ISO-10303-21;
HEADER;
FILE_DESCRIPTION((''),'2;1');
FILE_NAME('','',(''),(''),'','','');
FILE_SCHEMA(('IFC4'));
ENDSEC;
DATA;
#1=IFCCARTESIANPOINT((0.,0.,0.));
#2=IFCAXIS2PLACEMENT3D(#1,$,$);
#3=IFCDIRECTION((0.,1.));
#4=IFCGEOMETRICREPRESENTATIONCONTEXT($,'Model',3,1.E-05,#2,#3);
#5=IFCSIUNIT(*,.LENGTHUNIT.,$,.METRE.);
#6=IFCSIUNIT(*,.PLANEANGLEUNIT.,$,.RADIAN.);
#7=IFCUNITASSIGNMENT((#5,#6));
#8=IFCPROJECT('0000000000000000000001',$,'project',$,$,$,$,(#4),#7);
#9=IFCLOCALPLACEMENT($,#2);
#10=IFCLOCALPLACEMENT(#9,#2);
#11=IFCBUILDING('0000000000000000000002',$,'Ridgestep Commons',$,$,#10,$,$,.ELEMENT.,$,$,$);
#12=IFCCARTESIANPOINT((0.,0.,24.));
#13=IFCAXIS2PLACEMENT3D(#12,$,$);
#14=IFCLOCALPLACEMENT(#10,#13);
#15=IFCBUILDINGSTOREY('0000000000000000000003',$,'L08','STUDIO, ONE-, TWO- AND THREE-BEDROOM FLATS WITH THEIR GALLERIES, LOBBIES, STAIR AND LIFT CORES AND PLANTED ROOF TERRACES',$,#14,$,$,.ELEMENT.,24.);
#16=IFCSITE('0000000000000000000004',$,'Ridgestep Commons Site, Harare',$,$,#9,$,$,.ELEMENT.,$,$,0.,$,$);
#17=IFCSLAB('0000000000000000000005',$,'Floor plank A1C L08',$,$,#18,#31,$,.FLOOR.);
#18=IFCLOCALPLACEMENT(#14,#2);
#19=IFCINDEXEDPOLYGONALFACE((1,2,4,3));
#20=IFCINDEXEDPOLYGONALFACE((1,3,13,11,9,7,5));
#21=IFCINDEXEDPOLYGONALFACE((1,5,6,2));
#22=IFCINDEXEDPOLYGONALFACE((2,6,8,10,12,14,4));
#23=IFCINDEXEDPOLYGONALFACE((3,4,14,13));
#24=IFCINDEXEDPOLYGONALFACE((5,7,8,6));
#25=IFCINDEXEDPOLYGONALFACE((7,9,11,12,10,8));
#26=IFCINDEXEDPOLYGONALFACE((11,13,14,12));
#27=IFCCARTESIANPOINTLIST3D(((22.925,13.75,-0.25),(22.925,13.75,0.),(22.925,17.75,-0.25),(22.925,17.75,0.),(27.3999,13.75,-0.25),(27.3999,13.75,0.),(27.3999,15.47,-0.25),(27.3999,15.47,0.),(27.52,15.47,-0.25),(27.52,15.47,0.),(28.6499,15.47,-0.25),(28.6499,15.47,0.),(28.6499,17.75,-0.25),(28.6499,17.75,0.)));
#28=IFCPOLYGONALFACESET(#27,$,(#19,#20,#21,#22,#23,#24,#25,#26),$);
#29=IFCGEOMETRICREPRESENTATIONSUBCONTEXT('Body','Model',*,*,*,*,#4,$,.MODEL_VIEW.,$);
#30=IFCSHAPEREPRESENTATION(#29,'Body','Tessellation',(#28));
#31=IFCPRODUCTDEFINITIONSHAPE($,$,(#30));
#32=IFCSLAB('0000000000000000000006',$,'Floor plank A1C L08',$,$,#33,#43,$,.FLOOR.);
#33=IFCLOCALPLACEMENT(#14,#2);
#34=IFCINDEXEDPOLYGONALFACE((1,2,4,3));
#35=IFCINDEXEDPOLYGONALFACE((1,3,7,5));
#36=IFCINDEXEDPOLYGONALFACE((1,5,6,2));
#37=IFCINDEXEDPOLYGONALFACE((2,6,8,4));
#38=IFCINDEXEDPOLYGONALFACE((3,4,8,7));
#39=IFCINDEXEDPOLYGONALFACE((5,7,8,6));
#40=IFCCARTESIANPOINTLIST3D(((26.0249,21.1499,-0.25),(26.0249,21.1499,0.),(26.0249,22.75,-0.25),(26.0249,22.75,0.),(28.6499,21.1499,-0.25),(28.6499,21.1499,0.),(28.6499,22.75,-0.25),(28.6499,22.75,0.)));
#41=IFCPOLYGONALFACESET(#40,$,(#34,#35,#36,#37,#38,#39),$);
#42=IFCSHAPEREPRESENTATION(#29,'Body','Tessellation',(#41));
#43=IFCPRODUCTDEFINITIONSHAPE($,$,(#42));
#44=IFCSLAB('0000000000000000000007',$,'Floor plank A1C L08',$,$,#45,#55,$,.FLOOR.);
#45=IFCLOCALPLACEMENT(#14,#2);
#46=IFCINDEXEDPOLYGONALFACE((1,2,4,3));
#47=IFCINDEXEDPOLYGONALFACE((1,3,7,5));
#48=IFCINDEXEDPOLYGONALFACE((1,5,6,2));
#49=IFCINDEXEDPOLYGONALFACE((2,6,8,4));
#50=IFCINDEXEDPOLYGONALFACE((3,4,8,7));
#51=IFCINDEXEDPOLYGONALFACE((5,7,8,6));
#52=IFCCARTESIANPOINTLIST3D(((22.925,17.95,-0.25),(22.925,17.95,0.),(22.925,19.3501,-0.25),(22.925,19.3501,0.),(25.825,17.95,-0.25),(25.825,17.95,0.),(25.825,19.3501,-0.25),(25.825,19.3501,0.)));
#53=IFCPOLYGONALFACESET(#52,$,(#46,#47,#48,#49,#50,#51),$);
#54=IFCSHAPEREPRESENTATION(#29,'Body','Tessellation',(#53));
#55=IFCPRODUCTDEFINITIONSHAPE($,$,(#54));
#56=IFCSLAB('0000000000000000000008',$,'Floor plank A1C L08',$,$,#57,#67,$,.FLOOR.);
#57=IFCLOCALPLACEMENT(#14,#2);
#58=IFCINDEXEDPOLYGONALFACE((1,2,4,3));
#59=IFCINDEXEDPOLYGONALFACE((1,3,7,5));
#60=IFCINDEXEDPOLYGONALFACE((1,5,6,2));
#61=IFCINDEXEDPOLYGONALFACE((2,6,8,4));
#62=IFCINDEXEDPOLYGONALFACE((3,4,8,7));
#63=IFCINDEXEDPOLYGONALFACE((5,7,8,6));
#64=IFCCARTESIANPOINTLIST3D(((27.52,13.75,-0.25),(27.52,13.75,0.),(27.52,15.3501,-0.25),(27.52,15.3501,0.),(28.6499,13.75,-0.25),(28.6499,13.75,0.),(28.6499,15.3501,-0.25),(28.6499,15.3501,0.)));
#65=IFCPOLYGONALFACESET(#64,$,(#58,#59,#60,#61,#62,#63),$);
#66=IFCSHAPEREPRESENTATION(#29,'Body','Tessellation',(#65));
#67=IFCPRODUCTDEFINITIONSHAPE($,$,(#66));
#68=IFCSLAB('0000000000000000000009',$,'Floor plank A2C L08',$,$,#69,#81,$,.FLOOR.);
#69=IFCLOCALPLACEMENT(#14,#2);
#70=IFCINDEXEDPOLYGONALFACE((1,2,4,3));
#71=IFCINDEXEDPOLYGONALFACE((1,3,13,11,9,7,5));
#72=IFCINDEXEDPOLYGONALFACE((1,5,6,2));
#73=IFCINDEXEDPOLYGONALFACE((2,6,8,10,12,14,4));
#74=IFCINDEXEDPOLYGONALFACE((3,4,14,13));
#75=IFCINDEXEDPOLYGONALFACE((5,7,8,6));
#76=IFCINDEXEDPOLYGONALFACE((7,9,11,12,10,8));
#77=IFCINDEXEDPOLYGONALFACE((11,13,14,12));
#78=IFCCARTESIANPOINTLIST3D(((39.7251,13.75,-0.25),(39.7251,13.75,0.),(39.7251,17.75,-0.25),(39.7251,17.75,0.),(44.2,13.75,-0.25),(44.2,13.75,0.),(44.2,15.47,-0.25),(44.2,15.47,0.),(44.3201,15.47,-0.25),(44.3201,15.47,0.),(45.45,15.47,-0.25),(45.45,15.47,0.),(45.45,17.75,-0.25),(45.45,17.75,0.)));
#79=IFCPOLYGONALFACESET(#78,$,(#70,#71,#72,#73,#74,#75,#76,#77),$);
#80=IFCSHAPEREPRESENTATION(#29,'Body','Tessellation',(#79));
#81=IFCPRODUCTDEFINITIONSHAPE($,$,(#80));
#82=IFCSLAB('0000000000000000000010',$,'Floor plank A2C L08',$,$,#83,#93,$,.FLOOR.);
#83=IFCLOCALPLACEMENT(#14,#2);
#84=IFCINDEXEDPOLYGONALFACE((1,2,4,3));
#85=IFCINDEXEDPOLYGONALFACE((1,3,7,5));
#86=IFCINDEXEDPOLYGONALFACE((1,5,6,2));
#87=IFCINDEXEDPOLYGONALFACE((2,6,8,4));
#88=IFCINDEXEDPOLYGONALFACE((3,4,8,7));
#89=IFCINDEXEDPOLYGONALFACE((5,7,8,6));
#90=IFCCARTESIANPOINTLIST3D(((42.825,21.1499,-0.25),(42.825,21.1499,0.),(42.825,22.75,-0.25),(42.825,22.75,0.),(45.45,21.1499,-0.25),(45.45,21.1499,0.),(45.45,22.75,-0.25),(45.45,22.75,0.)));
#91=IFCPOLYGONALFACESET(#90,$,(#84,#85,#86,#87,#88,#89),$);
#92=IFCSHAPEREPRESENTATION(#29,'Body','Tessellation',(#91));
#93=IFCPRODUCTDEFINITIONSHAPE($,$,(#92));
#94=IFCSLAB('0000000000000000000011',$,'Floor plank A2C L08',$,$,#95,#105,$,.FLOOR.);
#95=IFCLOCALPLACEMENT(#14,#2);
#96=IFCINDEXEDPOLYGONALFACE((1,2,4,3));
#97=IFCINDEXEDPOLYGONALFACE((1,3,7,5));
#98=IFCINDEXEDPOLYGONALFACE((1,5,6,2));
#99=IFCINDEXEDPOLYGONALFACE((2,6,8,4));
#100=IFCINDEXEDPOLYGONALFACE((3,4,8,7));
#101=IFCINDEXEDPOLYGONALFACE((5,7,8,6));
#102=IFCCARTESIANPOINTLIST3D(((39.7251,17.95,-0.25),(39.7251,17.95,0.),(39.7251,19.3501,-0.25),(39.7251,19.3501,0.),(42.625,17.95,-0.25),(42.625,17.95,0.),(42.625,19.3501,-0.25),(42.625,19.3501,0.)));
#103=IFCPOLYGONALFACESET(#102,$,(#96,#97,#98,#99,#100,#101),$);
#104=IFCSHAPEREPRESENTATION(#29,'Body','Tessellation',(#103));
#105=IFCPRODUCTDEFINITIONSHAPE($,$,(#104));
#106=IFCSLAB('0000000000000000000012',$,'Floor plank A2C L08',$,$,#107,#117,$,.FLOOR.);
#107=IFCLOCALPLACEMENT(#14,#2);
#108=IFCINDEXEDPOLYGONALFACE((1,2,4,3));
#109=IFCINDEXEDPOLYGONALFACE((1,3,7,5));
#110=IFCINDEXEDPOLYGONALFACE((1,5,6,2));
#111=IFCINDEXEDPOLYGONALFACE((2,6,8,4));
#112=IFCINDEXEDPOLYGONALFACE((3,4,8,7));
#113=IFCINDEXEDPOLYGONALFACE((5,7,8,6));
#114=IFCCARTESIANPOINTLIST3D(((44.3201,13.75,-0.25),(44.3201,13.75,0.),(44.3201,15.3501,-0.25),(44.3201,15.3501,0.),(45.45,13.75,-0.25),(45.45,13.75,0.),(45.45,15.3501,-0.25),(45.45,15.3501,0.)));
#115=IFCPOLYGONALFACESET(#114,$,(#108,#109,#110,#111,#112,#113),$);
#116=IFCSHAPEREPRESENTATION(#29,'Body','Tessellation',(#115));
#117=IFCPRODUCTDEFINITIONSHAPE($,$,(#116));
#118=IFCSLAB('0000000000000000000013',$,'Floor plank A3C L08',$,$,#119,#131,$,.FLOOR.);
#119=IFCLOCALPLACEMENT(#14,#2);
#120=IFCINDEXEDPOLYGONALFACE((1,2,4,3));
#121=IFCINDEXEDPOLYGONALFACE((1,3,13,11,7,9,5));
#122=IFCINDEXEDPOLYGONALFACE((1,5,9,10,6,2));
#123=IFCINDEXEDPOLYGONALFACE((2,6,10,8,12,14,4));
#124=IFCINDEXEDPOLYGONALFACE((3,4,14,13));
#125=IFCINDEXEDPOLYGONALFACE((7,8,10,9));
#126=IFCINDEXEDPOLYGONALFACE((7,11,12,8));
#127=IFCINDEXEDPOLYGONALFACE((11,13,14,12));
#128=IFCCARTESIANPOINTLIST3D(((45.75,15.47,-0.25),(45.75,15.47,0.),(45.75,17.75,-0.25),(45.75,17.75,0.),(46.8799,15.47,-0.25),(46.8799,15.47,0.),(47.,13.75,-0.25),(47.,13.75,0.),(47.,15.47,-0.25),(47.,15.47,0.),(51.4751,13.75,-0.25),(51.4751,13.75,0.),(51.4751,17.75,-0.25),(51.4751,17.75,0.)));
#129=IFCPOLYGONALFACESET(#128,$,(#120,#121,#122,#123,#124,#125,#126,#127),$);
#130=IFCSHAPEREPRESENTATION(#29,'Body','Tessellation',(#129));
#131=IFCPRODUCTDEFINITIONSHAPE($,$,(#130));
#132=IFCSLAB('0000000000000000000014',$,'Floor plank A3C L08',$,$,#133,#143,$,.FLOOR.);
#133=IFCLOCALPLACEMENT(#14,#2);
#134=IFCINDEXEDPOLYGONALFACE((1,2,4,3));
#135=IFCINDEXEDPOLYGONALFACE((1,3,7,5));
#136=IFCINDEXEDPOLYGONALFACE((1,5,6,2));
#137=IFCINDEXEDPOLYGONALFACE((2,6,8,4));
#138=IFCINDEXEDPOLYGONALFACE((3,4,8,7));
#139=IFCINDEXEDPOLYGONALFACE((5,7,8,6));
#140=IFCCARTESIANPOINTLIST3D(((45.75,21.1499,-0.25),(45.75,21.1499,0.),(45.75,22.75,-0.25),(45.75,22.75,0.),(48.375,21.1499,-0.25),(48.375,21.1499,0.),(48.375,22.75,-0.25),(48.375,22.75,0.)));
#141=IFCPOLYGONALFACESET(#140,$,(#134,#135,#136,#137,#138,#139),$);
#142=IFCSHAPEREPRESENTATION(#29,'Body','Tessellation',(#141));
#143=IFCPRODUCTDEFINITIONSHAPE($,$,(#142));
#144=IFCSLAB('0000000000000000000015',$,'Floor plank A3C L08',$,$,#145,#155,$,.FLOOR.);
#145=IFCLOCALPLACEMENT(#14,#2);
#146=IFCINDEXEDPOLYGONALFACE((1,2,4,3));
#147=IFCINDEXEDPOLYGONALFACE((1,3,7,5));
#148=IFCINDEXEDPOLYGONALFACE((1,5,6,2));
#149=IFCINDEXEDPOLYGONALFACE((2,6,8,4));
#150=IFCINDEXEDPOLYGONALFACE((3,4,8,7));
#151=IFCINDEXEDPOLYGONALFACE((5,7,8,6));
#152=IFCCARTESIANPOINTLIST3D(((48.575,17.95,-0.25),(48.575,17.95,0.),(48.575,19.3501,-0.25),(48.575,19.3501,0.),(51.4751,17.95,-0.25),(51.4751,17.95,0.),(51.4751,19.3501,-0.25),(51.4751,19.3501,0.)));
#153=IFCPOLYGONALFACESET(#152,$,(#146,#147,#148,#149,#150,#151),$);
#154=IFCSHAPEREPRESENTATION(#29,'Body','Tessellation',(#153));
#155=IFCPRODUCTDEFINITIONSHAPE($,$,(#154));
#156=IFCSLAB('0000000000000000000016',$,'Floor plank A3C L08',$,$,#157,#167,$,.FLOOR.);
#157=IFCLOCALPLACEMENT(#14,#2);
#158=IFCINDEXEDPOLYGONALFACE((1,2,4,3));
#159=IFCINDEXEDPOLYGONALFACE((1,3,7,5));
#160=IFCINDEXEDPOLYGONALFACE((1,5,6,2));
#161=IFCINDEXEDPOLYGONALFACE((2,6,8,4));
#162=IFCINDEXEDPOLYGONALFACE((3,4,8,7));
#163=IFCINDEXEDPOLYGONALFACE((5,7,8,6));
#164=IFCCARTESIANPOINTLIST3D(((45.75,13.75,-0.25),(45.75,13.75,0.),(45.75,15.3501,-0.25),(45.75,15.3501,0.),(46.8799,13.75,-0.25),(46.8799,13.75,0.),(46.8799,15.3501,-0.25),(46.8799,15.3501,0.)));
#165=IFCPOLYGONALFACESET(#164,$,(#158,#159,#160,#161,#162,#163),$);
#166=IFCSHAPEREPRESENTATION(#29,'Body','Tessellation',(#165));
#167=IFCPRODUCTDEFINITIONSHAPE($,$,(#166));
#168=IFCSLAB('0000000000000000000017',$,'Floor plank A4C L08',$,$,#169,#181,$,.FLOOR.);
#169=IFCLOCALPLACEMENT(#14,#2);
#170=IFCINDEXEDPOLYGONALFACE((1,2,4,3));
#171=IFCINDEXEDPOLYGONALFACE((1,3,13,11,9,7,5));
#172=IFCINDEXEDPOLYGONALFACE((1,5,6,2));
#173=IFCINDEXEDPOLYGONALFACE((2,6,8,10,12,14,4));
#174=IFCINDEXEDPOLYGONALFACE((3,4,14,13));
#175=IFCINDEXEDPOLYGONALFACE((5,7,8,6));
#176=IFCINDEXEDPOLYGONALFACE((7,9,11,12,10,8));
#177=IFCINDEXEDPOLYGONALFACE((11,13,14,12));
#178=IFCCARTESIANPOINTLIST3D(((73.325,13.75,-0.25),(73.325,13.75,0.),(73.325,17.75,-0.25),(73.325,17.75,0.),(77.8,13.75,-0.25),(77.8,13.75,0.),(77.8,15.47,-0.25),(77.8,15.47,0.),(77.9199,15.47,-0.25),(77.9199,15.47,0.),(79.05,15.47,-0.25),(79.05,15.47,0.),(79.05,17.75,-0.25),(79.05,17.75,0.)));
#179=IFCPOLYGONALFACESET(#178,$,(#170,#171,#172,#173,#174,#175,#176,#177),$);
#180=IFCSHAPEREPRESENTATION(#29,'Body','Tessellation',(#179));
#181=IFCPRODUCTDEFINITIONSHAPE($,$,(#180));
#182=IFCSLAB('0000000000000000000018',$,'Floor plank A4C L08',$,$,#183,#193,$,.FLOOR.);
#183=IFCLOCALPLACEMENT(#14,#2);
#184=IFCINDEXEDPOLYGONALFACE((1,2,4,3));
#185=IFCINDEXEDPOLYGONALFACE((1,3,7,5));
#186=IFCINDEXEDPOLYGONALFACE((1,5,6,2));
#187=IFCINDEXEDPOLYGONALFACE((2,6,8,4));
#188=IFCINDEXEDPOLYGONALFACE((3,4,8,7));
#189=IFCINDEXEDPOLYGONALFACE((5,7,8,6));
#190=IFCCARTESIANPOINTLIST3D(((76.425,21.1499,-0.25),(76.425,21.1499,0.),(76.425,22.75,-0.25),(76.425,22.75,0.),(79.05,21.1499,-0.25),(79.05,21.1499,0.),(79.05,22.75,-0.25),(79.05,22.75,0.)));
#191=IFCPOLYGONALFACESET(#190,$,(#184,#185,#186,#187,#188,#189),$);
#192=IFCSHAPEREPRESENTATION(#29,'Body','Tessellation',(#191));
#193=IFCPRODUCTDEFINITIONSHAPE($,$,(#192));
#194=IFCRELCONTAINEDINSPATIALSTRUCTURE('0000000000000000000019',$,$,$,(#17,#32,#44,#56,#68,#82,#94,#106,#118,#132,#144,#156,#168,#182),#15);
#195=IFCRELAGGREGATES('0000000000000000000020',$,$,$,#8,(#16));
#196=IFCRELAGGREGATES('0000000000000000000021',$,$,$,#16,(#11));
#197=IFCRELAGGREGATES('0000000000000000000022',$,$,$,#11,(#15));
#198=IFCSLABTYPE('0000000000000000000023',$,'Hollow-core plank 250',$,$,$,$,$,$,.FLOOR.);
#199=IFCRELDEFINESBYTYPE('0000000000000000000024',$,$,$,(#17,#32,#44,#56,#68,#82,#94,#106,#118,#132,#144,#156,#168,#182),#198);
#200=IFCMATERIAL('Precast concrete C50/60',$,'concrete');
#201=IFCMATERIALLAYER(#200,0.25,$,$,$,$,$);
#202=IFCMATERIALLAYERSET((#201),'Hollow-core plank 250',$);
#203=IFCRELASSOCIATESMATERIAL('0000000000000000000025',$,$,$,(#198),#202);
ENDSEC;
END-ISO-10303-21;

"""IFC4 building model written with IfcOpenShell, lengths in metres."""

from ifc_helpers import new_model, si_unit, direction, frame, origin, place, context, subcontext, project, spatial, polyline, outline, extrude, material, layer, layer_set, type_object, element, save


model = new_model("IFC4")

# Units and contexts
model_context = context("Model", 3, precision=1e-05, world=origin(), true_north=direction((0.0, 1.0)))
body_context = subcontext(model_context, "Body", "Model", "MODEL_VIEW")
ifc_project = project(units=[si_unit("LENGTHUNIT", "METRE"), si_unit("PLANEANGLEUNIT", "RADIAN")], contexts=[model_context])

# Site, building, storey
site_placement = place(None, origin())
site = spatial("IfcSite", under=ifc_project, at=site_placement, Name="Ridgestep Commons Site, Harare", CompositionType="ELEMENT", RefElevation=0.0)
building_placement = place(site_placement, origin())
building = spatial("IfcBuilding", under=site, at=building_placement, Name="Ridgestep Commons", CompositionType="ELEMENT")
storey_placement = place(building_placement, frame((0.0, 0.0, 24.0)))
storey = spatial("IfcBuildingStorey", under=building, at=storey_placement, Name="L08", Description="STUDIO, ONE-, TWO- AND THREE-BEDROOM FLATS WITH THEIR GALLERIES, LOBBIES, STAIR AND LIFT CORES AND PLANTED ROOF TERRACES", CompositionType="ELEMENT", Elevation=24.0)

# Slabs
ifc_material_1 = material(Name="Precast concrete C50/60", Category="concrete")
ifc_layer_1 = layer(ifc_material_1, 0.25)
ifc_layer_set_1 = layer_set([ifc_layer_1], Name="Hollow-core plank 250")
slab_type_1 = type_object("IfcSlabType", Name="Hollow-core plank 250", PredefinedType="FLOOR", material=ifc_layer_set_1)
slab_1_placement = place(storey_placement, frame((0.0, 0.0, -0.25)))
element("IfcSlab", 1, at=slab_1_placement, inside=storey, type_object=slab_type_1, Name="Floor plank A1C L08", PredefinedType="FLOOR", context=body_context, shape_type="SweptSolid", body=[
    extrude(outline(polyline([(27.52, 15.47), (28.6499, 15.47), (28.6499, 17.75), (22.925, 17.75), (22.925, 13.75), (27.3999, 13.75), (27.3999, 15.47), (27.52, 15.47)])), origin(), (0.0, 0.0, 1.0), 0.25),
])
slab_2_placement = place(storey_placement, frame((0.0, 0.0, -0.25)))
element("IfcSlab", 2, at=slab_2_placement, inside=storey, type_object=slab_type_1, Name="Floor plank A1C L08", PredefinedType="FLOOR", context=body_context, shape_type="SweptSolid", body=[
    extrude(outline(polyline([(28.6499, 21.1499), (28.6499, 22.75), (26.0249, 22.75), (26.0249, 21.1499), (28.6499, 21.1499)])), origin(), (0.0, 0.0, 1.0), 0.25),
])
slab_3_placement = place(storey_placement, frame((0.0, 0.0, -0.25)))
element("IfcSlab", 3, at=slab_3_placement, inside=storey, type_object=slab_type_1, Name="Floor plank A1C L08", PredefinedType="FLOOR", context=body_context, shape_type="SweptSolid", body=[
    extrude(outline(polyline([(25.825, 17.95), (25.825, 19.3501), (22.925, 19.3501), (22.925, 17.95), (25.825, 17.95)])), origin(), (0.0, 0.0, 1.0), 0.25),
])
slab_4_placement = place(storey_placement, frame((0.0, 0.0, -0.25)))
element("IfcSlab", 4, at=slab_4_placement, inside=storey, type_object=slab_type_1, Name="Floor plank A1C L08", PredefinedType="FLOOR", context=body_context, shape_type="SweptSolid", body=[
    extrude(outline(polyline([(27.52, 13.75), (28.6499, 13.75), (28.6499, 15.3501), (27.52, 15.3501), (27.52, 13.75)])), origin(), (0.0, 0.0, 1.0), 0.25),
])
slab_5_placement = place(storey_placement, frame((0.0, 0.0, -0.25)))
element("IfcSlab", 5, at=slab_5_placement, inside=storey, type_object=slab_type_1, Name="Floor plank A2C L08", PredefinedType="FLOOR", context=body_context, shape_type="SweptSolid", body=[
    extrude(outline(polyline([(44.3201, 15.47), (45.45, 15.47), (45.45, 17.75), (39.7251, 17.75), (39.7251, 13.75), (44.2, 13.75), (44.2, 15.47), (44.3201, 15.47)])), origin(), (0.0, 0.0, 1.0), 0.25),
])
slab_6_placement = place(storey_placement, frame((0.0, 0.0, -0.25)))
element("IfcSlab", 6, at=slab_6_placement, inside=storey, type_object=slab_type_1, Name="Floor plank A2C L08", PredefinedType="FLOOR", context=body_context, shape_type="SweptSolid", body=[
    extrude(outline(polyline([(45.45, 21.1499), (45.45, 22.75), (42.825, 22.75), (42.825, 21.1499), (45.45, 21.1499)])), origin(), (0.0, 0.0, 1.0), 0.25),
])
slab_7_placement = place(storey_placement, frame((0.0, 0.0, -0.25)))
element("IfcSlab", 7, at=slab_7_placement, inside=storey, type_object=slab_type_1, Name="Floor plank A2C L08", PredefinedType="FLOOR", context=body_context, shape_type="SweptSolid", body=[
    extrude(outline(polyline([(42.625, 17.95), (42.625, 19.3501), (39.7251, 19.3501), (39.7251, 17.95), (42.625, 17.95)])), origin(), (0.0, 0.0, 1.0), 0.25),
])
slab_8_placement = place(storey_placement, frame((0.0, 0.0, -0.25)))
element("IfcSlab", 8, at=slab_8_placement, inside=storey, type_object=slab_type_1, Name="Floor plank A2C L08", PredefinedType="FLOOR", context=body_context, shape_type="SweptSolid", body=[
    extrude(outline(polyline([(44.3201, 13.75), (45.45, 13.75), (45.45, 15.3501), (44.3201, 15.3501), (44.3201, 13.75)])), origin(), (0.0, 0.0, 1.0), 0.25),
])
slab_9_placement = place(storey_placement, frame((0.0, 0.0, -0.25)))
element("IfcSlab", 9, at=slab_9_placement, inside=storey, type_object=slab_type_1, Name="Floor plank A3C L08", PredefinedType="FLOOR", context=body_context, shape_type="SweptSolid", body=[
    extrude(outline(polyline([(47.0, 13.75), (51.4751, 13.75), (51.4751, 17.75), (45.75, 17.75), (45.75, 15.47), (46.8799, 15.47), (47.0, 15.47), (47.0, 13.75)])), origin(), (0.0, 0.0, 1.0), 0.25),
])
slab_10_placement = place(storey_placement, frame((0.0, 0.0, -0.25)))
element("IfcSlab", 10, at=slab_10_placement, inside=storey, type_object=slab_type_1, Name="Floor plank A3C L08", PredefinedType="FLOOR", context=body_context, shape_type="SweptSolid", body=[
    extrude(outline(polyline([(48.375, 22.75), (45.75, 22.75), (45.75, 21.1499), (48.375, 21.1499), (48.375, 22.75)])), origin(), (0.0, 0.0, 1.0), 0.25),
])
slab_11_placement = place(storey_placement, frame((0.0, 0.0, -0.25)))
element("IfcSlab", 11, at=slab_11_placement, inside=storey, type_object=slab_type_1, Name="Floor plank A3C L08", PredefinedType="FLOOR", context=body_context, shape_type="SweptSolid", body=[
    extrude(outline(polyline([(51.4751, 17.95), (51.4751, 19.3501), (48.575, 19.3501), (48.575, 17.95), (51.4751, 17.95)])), origin(), (0.0, 0.0, 1.0), 0.25),
])
slab_12_placement = place(storey_placement, frame((0.0, 0.0, -0.25)))
element("IfcSlab", 12, at=slab_12_placement, inside=storey, type_object=slab_type_1, Name="Floor plank A3C L08", PredefinedType="FLOOR", context=body_context, shape_type="SweptSolid", body=[
    extrude(outline(polyline([(46.8799, 15.3501), (45.75, 15.3501), (45.75, 13.75), (46.8799, 13.75), (46.8799, 15.3501)])), origin(), (0.0, 0.0, 1.0), 0.25),
])
slab_13_placement = place(storey_placement, frame((0.0, 0.0, -0.25)))
element("IfcSlab", 13, at=slab_13_placement, inside=storey, type_object=slab_type_1, Name="Floor plank A4C L08", PredefinedType="FLOOR", context=body_context, shape_type="SweptSolid", body=[
    extrude(outline(polyline([(77.9199, 15.47), (79.05, 15.47), (79.05, 17.75), (73.325, 17.75), (73.325, 13.75), (77.8, 13.75), (77.8, 15.47), (77.9199, 15.47)])), origin(), (0.0, 0.0, 1.0), 0.25),
])
slab_14_placement = place(storey_placement, frame((0.0, 0.0, -0.25)))
element("IfcSlab", 14, at=slab_14_placement, inside=storey, type_object=slab_type_1, Name="Floor plank A4C L08", PredefinedType="FLOOR", context=body_context, shape_type="SweptSolid", body=[
    extrude(outline(polyline([(79.05, 21.1499), (79.05, 22.75), (76.425, 22.75), (76.425, 21.1499), (79.05, 21.1499)])), origin(), (0.0, 0.0, 1.0), 0.25),
])

save(model, "model.ifc")
